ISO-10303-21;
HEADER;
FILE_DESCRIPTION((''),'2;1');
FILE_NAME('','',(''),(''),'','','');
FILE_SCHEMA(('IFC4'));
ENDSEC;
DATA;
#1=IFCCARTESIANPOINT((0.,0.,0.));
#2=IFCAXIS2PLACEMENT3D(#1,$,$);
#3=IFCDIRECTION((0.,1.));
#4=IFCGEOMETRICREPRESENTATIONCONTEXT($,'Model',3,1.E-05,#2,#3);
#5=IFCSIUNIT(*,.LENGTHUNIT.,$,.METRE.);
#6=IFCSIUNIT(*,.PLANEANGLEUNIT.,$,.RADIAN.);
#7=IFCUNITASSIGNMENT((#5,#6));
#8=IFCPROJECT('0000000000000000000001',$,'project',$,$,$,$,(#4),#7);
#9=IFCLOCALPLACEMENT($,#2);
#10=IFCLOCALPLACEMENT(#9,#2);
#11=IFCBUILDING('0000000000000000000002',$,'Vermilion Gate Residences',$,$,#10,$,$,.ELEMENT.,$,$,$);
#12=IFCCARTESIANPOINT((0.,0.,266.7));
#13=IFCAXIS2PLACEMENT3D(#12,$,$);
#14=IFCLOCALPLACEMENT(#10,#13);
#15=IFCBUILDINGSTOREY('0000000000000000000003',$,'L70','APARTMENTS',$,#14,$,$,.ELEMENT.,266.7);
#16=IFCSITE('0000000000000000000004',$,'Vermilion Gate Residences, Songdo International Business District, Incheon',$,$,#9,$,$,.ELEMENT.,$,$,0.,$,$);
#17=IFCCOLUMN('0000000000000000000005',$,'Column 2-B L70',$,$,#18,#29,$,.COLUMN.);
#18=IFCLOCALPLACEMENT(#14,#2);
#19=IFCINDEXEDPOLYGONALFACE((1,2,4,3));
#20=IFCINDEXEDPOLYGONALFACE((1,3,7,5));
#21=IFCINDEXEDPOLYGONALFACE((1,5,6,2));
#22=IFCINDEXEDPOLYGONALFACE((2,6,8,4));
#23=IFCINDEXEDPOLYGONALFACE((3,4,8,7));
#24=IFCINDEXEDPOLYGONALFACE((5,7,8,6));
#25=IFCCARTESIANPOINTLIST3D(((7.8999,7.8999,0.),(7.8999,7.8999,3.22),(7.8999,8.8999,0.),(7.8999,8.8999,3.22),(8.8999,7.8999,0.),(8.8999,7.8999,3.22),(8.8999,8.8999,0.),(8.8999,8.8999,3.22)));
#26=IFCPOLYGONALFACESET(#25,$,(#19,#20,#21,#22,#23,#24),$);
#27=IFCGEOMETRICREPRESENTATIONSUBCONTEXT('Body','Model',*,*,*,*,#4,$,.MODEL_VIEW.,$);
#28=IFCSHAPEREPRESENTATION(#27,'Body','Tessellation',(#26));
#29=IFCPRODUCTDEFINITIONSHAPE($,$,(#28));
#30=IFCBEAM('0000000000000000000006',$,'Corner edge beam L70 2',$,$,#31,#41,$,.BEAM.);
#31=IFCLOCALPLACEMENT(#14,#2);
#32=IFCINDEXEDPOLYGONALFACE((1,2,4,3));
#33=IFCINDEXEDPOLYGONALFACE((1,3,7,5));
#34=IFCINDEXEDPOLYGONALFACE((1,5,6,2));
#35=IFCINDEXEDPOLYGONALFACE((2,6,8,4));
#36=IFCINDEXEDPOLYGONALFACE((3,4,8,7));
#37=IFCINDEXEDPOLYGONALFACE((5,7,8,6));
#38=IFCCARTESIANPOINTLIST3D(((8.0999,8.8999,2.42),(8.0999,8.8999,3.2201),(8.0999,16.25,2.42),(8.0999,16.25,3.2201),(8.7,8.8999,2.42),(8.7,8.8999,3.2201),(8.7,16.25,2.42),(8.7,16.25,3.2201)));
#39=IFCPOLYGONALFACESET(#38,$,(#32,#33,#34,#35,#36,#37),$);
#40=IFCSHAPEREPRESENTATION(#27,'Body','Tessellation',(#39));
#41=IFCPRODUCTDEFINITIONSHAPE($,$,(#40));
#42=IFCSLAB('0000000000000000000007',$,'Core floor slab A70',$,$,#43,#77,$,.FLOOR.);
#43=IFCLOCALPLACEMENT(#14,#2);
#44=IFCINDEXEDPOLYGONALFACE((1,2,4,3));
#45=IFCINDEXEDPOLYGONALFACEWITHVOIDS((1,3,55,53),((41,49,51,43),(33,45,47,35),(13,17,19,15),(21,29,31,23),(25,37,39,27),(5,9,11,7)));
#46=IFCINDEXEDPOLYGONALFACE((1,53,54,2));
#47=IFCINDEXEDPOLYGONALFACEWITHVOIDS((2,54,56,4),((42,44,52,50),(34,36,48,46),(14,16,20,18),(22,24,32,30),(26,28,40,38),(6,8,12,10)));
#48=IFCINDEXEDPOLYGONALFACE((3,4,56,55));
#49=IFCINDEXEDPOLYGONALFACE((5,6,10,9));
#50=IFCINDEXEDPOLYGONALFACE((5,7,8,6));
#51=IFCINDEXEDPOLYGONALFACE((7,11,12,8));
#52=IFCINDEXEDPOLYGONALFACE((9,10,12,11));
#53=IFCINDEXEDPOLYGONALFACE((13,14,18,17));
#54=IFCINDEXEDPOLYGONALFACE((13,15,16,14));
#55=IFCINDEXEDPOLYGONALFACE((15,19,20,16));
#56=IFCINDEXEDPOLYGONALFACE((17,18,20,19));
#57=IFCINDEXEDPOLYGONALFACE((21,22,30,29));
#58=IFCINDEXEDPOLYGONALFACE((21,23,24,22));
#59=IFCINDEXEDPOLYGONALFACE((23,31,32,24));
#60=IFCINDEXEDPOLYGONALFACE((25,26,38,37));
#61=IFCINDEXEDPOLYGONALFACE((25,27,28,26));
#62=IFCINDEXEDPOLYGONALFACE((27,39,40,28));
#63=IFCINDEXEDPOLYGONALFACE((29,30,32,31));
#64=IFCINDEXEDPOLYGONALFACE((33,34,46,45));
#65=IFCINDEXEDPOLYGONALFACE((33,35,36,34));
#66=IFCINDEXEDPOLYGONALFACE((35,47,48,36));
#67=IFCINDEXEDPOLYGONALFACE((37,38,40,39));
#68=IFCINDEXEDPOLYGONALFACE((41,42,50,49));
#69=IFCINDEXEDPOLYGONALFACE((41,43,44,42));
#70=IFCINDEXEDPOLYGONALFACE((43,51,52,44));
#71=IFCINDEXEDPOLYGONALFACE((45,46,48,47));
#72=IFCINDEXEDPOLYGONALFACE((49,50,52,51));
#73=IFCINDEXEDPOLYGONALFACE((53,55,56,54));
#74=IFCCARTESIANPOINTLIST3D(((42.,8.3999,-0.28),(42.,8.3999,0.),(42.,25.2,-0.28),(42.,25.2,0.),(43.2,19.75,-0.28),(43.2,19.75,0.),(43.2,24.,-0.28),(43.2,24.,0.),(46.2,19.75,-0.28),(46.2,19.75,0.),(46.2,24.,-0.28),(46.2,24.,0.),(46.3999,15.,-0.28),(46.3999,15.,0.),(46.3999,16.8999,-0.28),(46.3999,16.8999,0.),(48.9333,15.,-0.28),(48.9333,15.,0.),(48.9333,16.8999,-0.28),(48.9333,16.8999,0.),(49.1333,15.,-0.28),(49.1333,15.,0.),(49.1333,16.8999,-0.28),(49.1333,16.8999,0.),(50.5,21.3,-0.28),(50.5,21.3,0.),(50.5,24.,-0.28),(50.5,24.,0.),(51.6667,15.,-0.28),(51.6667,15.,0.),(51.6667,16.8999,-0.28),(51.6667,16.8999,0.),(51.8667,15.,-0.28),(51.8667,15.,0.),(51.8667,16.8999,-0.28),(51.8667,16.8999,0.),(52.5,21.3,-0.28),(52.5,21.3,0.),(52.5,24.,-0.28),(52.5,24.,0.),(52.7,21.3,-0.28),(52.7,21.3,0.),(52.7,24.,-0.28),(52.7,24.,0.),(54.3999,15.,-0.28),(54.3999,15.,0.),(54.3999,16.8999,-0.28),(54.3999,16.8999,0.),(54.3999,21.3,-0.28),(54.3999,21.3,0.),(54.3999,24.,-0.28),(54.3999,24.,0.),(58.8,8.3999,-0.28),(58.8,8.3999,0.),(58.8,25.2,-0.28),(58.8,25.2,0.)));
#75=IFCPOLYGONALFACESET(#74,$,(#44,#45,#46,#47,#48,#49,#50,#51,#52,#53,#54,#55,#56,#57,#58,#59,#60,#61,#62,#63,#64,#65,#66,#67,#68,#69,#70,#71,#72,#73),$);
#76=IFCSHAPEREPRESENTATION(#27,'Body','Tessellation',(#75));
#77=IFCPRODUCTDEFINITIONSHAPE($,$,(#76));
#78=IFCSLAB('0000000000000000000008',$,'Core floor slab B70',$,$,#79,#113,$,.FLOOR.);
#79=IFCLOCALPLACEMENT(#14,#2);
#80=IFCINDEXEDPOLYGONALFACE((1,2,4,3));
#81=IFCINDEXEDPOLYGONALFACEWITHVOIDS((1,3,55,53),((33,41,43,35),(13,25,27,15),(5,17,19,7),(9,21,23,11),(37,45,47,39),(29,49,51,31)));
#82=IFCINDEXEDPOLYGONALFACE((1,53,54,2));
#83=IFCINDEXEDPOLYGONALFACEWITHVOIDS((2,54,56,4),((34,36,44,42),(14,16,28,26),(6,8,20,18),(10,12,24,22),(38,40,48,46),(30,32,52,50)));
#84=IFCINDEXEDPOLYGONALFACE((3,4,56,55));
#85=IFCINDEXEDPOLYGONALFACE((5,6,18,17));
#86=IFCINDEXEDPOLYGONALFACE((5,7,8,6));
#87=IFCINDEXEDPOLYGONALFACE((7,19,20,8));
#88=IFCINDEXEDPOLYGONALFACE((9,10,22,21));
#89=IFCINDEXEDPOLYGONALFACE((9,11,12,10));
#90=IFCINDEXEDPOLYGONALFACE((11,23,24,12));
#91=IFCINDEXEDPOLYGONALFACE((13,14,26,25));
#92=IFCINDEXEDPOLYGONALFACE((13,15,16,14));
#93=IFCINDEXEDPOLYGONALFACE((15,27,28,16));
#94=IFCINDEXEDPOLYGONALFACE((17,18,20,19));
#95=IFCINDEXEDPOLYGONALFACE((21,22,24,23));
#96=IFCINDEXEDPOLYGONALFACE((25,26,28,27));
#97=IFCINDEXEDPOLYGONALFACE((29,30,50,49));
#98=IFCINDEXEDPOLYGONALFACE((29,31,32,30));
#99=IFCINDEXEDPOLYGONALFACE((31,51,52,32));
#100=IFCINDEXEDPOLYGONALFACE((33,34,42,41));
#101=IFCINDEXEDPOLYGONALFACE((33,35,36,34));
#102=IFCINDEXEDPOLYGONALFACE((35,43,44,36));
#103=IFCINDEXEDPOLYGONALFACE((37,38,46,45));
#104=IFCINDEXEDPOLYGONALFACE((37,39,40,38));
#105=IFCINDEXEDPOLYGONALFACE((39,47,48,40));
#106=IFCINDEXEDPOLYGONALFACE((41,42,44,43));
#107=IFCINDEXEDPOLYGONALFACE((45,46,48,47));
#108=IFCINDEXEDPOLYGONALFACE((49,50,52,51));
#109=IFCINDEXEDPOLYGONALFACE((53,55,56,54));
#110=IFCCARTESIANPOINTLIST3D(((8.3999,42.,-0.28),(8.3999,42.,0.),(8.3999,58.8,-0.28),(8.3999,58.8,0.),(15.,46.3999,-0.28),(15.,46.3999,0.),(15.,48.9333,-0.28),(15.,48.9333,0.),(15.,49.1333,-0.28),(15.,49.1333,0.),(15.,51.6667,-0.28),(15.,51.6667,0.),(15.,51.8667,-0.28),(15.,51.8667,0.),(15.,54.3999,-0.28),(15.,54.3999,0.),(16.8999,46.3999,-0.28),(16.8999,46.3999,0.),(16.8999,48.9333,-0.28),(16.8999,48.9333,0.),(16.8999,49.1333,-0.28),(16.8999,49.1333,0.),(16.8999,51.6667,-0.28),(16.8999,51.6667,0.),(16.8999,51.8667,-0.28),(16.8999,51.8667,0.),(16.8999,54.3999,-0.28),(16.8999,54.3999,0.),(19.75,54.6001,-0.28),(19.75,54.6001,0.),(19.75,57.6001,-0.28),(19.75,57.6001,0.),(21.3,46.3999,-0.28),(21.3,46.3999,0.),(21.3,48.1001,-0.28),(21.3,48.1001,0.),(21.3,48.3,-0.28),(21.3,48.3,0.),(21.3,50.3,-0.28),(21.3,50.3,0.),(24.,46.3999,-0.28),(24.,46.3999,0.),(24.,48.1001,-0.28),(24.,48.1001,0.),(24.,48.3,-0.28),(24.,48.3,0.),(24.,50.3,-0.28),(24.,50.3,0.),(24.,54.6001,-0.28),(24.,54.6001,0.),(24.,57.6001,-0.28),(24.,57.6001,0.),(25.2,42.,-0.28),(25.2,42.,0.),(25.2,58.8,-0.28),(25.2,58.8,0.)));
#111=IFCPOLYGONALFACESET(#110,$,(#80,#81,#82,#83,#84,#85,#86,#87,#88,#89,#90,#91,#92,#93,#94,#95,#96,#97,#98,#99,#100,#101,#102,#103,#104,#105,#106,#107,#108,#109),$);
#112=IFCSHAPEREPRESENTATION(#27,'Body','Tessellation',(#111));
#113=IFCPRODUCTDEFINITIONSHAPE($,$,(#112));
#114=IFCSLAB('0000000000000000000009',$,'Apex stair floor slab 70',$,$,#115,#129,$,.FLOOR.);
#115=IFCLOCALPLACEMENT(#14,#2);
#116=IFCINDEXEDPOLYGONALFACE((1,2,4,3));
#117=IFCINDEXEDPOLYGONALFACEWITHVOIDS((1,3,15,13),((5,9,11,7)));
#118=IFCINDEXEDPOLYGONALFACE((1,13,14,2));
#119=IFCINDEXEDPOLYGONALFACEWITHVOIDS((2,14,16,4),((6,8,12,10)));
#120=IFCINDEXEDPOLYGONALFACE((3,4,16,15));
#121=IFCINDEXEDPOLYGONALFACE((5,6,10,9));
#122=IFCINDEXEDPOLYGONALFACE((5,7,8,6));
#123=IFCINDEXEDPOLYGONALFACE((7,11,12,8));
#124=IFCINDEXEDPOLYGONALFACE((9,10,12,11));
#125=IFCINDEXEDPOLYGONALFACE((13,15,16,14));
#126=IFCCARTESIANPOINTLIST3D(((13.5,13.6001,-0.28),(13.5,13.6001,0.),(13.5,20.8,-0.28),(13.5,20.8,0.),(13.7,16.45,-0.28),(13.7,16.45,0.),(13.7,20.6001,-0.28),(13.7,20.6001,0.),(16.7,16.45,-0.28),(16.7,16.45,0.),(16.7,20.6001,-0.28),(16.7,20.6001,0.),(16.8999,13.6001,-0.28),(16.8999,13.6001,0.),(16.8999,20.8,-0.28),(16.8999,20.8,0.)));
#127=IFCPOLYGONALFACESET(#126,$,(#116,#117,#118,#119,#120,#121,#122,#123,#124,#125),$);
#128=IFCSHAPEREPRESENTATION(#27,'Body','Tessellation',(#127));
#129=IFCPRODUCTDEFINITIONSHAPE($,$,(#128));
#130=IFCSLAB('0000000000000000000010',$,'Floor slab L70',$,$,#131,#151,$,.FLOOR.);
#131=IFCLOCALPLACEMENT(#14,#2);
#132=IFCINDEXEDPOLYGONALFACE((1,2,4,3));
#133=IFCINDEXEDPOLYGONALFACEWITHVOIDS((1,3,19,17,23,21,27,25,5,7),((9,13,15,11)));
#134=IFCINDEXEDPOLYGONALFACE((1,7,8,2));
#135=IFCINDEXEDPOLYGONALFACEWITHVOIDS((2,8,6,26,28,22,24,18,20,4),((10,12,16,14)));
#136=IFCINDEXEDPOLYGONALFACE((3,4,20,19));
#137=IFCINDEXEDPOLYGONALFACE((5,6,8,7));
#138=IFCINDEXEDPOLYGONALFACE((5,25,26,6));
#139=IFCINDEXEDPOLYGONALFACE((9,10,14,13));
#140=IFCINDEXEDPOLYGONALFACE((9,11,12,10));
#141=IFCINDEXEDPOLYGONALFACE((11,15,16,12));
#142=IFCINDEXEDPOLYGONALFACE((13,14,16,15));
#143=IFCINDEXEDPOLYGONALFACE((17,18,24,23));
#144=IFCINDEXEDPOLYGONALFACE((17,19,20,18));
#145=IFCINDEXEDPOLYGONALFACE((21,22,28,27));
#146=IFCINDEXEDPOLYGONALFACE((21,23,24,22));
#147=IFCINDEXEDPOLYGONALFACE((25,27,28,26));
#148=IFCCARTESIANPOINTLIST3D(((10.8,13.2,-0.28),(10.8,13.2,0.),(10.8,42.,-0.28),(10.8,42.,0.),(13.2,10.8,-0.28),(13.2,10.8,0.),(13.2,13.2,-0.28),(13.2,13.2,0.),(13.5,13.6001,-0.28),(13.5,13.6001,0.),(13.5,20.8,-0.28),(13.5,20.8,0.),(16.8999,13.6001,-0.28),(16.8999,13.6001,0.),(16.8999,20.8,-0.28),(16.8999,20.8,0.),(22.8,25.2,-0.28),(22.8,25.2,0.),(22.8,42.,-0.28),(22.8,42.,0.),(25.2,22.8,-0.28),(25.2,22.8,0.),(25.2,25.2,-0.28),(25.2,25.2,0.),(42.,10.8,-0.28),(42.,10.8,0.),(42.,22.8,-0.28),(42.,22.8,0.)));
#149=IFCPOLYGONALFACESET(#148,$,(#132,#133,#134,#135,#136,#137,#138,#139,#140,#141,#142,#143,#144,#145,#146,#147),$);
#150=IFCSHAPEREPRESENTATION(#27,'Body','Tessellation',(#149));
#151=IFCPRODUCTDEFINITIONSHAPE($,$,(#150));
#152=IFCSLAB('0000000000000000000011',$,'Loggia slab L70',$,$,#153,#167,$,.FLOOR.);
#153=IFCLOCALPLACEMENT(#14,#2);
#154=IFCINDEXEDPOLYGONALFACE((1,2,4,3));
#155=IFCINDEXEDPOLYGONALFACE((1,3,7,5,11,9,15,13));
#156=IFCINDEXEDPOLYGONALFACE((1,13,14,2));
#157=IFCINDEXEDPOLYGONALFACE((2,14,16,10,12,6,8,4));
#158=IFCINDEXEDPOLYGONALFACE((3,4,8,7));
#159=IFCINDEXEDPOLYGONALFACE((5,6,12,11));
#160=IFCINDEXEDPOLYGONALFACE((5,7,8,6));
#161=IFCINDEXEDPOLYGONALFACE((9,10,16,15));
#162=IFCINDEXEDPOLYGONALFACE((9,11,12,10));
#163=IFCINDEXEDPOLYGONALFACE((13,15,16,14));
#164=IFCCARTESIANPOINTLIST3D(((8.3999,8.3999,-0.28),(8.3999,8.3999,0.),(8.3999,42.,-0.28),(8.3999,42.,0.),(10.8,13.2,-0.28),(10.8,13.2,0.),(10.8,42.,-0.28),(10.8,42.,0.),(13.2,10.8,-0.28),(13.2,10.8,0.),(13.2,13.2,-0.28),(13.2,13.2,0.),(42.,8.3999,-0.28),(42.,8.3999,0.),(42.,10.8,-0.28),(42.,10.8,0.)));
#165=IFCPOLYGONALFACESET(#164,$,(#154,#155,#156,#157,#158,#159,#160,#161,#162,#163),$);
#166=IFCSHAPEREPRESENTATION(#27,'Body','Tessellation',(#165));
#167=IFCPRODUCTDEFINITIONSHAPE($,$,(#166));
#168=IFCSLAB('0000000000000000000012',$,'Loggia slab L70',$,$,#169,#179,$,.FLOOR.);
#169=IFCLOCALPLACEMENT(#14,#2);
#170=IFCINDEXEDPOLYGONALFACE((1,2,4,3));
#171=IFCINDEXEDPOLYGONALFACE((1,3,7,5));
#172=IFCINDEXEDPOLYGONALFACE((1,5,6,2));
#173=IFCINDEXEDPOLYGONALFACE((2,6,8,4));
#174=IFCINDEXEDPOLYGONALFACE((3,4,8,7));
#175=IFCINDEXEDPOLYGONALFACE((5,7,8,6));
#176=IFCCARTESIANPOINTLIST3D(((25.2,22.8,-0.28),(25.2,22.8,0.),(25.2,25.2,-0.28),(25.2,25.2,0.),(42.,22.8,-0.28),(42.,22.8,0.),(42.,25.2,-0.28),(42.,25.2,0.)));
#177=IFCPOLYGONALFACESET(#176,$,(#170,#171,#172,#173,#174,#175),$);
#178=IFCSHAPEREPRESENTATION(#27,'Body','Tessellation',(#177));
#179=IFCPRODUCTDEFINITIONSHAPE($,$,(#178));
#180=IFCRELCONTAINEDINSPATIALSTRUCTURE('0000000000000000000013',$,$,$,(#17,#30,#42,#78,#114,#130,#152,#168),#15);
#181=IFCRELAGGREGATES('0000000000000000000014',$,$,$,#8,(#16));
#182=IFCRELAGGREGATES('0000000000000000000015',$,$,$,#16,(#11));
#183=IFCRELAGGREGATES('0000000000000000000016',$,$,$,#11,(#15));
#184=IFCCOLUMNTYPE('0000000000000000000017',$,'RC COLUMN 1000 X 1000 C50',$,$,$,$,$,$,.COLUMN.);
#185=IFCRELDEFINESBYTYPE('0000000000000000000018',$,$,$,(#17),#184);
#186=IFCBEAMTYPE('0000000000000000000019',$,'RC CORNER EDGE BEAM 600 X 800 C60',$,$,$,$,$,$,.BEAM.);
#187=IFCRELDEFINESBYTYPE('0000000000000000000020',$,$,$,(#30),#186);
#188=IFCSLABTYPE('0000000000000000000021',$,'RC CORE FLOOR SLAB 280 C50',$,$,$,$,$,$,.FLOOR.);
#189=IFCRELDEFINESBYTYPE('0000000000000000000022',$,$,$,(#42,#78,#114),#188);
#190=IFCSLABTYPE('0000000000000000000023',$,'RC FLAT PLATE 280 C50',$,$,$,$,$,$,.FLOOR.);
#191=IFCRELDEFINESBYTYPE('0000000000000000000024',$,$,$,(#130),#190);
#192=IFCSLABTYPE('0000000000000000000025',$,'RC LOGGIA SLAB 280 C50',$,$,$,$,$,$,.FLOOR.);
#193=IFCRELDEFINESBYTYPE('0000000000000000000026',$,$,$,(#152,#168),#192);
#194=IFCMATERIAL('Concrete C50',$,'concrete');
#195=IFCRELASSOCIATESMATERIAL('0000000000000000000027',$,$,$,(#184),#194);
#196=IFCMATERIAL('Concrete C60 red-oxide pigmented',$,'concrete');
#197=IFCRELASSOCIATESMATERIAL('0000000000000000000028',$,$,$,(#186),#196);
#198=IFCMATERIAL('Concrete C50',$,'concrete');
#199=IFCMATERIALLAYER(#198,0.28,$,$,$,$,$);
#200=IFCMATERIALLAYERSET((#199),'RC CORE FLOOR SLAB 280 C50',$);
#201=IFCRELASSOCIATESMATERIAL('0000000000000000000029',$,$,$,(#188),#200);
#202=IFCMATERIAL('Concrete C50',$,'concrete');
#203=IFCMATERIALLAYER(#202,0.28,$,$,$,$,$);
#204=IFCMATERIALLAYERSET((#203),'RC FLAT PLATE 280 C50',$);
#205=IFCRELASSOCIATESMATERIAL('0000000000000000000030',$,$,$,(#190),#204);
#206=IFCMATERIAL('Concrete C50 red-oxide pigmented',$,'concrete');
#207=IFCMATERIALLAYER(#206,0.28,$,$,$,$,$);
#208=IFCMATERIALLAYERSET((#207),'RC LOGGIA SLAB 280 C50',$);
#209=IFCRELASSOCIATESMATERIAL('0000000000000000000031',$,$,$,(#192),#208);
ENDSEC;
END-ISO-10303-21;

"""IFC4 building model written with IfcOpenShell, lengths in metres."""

from ifc_helpers import new_model, si_unit, direction, frame, origin, origin_2d, place, context, subcontext, project, spatial, polyline, rectangle, outline, extrude, material, layer, layer_set, material_profile, profile_set, type_object, element, save


model = new_model("IFC4")

# Units and contexts
model_context = context("Model", 3, precision=1e-05, world=origin(), true_north=direction((0.0, 1.0)))
body_context = subcontext(model_context, "Body", "Model", "MODEL_VIEW")
ifc_project = project(units=[si_unit("LENGTHUNIT", "METRE"), si_unit("PLANEANGLEUNIT", "RADIAN")], contexts=[model_context])

# Site, building, storey
site_placement = place(None, origin())
site = spatial("IfcSite", under=ifc_project, at=site_placement, Name="Vermilion Gate Residences, Songdo International Business District, Incheon", CompositionType="ELEMENT", RefElevation=0.0)
building_placement = place(site_placement, origin())
building = spatial("IfcBuilding", under=site, at=building_placement, Name="Vermilion Gate Residences", CompositionType="ELEMENT")
storey_placement = place(building_placement, frame((0.0, 0.0, 266.7)))
storey = spatial("IfcBuildingStorey", under=building, at=storey_placement, Name="L70", Description="APARTMENTS", CompositionType="ELEMENT", Elevation=266.7)

# Column
ifc_material_1 = material(Name="Concrete C50", Category="concrete")
ifc_material_profile_1 = material_profile(ifc_material_1, rectangle(XDim=1.0, YDim=1.0, at=origin_2d()), Name="RC-1000x1000")
ifc_profile_set_1 = profile_set([ifc_material_profile_1], Name="Concrete C50")
column_type = type_object("IfcColumnType", Name="RC COLUMN 1000 X 1000 C50", PredefinedType="COLUMN", material=ifc_profile_set_1)
column_placement = place(storey_placement, frame((8.3999, 8.3999, 0.0), z_axis=(0.0, 0.0, 1.0), x_axis=(1.0, 0.0, 0.0)))
element("IfcColumn", 1, at=column_placement, inside=storey, type_object=column_type, Name="Column 2-B L70", PredefinedType="COLUMN", context=body_context, shape_type="SweptSolid", body=[
    extrude(rectangle(XDim=1.0, YDim=1.0, at=origin_2d()), origin(), (0.0, 0.0, 1.0), 3.22),
])

# Beam
ifc_material_2 = material(Name="Concrete C60 red-oxide pigmented", Category="concrete")
ifc_material_profile_2 = material_profile(ifc_material_2, rectangle(XDim=0.6001, YDim=0.8, at=origin_2d()), Name="RC-600x800")
ifc_profile_set_2 = profile_set([ifc_material_profile_2], Name="Concrete C60 red-oxide pigmented")
beam_type = type_object("IfcBeamType", Name="RC CORNER EDGE BEAM 600 X 800 C60", PredefinedType="BEAM", material=ifc_profile_set_2)
beam_placement = place(storey_placement, frame((8.3999, 8.8999, 2.8201), z_axis=(0.0, 1.0, 0.0), x_axis=(-1.0, 0.0, 0.0)))
element("IfcBeam", 2, at=beam_placement, inside=storey, type_object=beam_type, Name="Corner edge beam L70 2", PredefinedType="BEAM", context=body_context, shape_type="SweptSolid", body=[
    extrude(rectangle(XDim=0.6001, YDim=0.8, at=origin_2d()), origin(), (0.0, 0.0, 1.0), 7.3501),
])

# Slabs
ifc_material_3 = material(Name="Concrete C50", Category="concrete")
ifc_layer_1 = layer(ifc_material_3, 0.28)
ifc_layer_set_1 = layer_set([ifc_layer_1], Name="RC CORE FLOOR SLAB 280 C50")
slab_type_1 = type_object("IfcSlabType", Name="RC CORE FLOOR SLAB 280 C50", PredefinedType="FLOOR", material=ifc_layer_set_1)
slab_1_placement = place(storey_placement, frame((0.0, 0.0, -0.28)))
element("IfcSlab", 3, at=slab_1_placement, inside=storey, type_object=slab_type_1, Name="Core floor slab A70", PredefinedType="FLOOR", context=body_context, shape_type="SweptSolid", body=[
    extrude(outline(polyline([(42.0, 8.3999), (58.8, 8.3999), (58.8, 25.2), (42.0, 25.2), (42.0, 8.3999)]), holes=[polyline([(46.3999, 15.0), (46.3999, 16.8999), (48.9333, 16.8999), (48.9333, 15.0), (46.3999, 15.0)]), polyline([(49.1333, 16.8999), (51.6667, 16.8999), (51.6667, 15.0), (49.1333, 15.0), (49.1333, 16.8999)]), polyline([(51.8667, 16.8999), (54.3999, 16.8999), (54.3999, 15.0), (51.8667, 15.0), (51.8667, 16.8999)]), polyline([(43.2, 19.75), (43.2, 24.0), (46.2, 24.0), (46.2, 19.75), (43.2, 19.75)]), polyline([(50.5, 24.0), (52.5, 24.0), (52.5, 21.3), (50.5, 21.3), (50.5, 24.0)]), polyline([(52.7, 24.0), (54.3999, 24.0), (54.3999, 21.3), (52.7, 21.3), (52.7, 24.0)])]), origin(), (0.0, 0.0, 1.0), 0.28),
])
slab_2_placement = place(storey_placement, frame((0.0, 0.0, -0.28)))
element("IfcSlab", 4, at=slab_2_placement, inside=storey, type_object=slab_type_1, Name="Core floor slab B70", PredefinedType="FLOOR", context=body_context, shape_type="SweptSolid", body=[
    extrude(outline(polyline([(8.3999, 42.0), (25.2, 42.0), (25.2, 58.8), (8.3999, 58.8), (8.3999, 42.0)]), holes=[polyline([(21.3, 46.3999), (21.3, 48.1001), (24.0, 48.1001), (24.0, 46.3999), (21.3, 46.3999)]), polyline([(15.0, 48.9333), (16.8999, 48.9333), (16.8999, 46.3999), (15.0, 46.3999), (15.0, 48.9333)]), polyline([(21.3, 50.3), (24.0, 50.3), (24.0, 48.3), (21.3, 48.3), (21.3, 50.3)]), polyline([(15.0, 49.1333), (15.0, 51.6667), (16.8999, 51.6667), (16.8999, 49.1333), (15.0, 49.1333)]), polyline([(15.0, 54.3999), (16.8999, 54.3999), (16.8999, 51.8667), (15.0, 51.8667), (15.0, 54.3999)]), polyline([(19.75, 57.6001), (24.0, 57.6001), (24.0, 54.6001), (19.75, 54.6001), (19.75, 57.6001)])]), origin(), (0.0, 0.0, 1.0), 0.28),
])
slab_3_placement = place(storey_placement, frame((0.0, 0.0, -0.28)))
element("IfcSlab", 5, at=slab_3_placement, inside=storey, type_object=slab_type_1, Name="Apex stair floor slab 70", PredefinedType="FLOOR", context=body_context, shape_type="SweptSolid", body=[
    extrude(outline(polyline([(13.5, 13.6001), (16.8999, 13.6001), (16.8999, 20.8), (13.5, 20.8), (13.5, 13.6001)]), holes=[polyline([(16.7, 20.6001), (16.7, 16.45), (13.7, 16.45), (13.7, 20.6001), (16.7, 20.6001)])]), origin(), (0.0, 0.0, 1.0), 0.28),
])
ifc_material_4 = material(Name="Concrete C50", Category="concrete")
ifc_layer_2 = layer(ifc_material_4, 0.28)
ifc_layer_set_2 = layer_set([ifc_layer_2], Name="RC FLAT PLATE 280 C50")
slab_type_2 = type_object("IfcSlabType", Name="RC FLAT PLATE 280 C50", PredefinedType="FLOOR", material=ifc_layer_set_2)
slab_4_placement = place(storey_placement, frame((0.0, 0.0, -0.28)))
element("IfcSlab", 6, at=slab_4_placement, inside=storey, type_object=slab_type_2, Name="Floor slab L70", PredefinedType="FLOOR", context=body_context, shape_type="SweptSolid", body=[
    extrude(outline(polyline([(22.8, 25.2), (22.8, 42.0), (10.8, 42.0), (10.8, 13.2), (13.2, 13.2), (13.2, 10.8), (42.0, 10.8), (42.0, 22.8), (25.2, 22.8), (25.2, 25.2), (22.8, 25.2)]), holes=[polyline([(13.5, 13.6001), (13.5, 20.8), (16.8999, 20.8), (16.8999, 13.6001), (13.5, 13.6001)])]), origin(), (0.0, 0.0, 1.0), 0.28),
])
ifc_material_5 = material(Name="Concrete C50 red-oxide pigmented", Category="concrete")
ifc_layer_3 = layer(ifc_material_5, 0.28)
ifc_layer_set_3 = layer_set([ifc_layer_3], Name="RC LOGGIA SLAB 280 C50")
slab_type_3 = type_object("IfcSlabType", Name="RC LOGGIA SLAB 280 C50", PredefinedType="FLOOR", material=ifc_layer_set_3)
slab_5_placement = place(storey_placement, frame((0.0, 0.0, -0.28)))
element("IfcSlab", 7, at=slab_5_placement, inside=storey, type_object=slab_type_3, Name="Loggia slab L70", PredefinedType="FLOOR", context=body_context, shape_type="SweptSolid", body=[
    extrude(outline(polyline([(8.3999, 8.3999), (42.0, 8.3999), (42.0, 10.8), (13.2, 10.8), (13.2, 13.2), (10.8, 13.2), (10.8, 42.0), (8.3999, 42.0), (8.3999, 8.3999)])), origin(), (0.0, 0.0, 1.0), 0.28),
])
slab_6_placement = place(storey_placement, frame((0.0, 0.0, -0.28)))
element("IfcSlab", 8, at=slab_6_placement, inside=storey, type_object=slab_type_3, Name="Loggia slab L70", PredefinedType="FLOOR", context=body_context, shape_type="SweptSolid", body=[
    extrude(outline(polyline([(25.2, 22.8), (42.0, 22.8), (42.0, 25.2), (25.2, 25.2), (25.2, 22.8)])), origin(), (0.0, 0.0, 1.0), 0.28),
])

save(model, "model.ifc")
